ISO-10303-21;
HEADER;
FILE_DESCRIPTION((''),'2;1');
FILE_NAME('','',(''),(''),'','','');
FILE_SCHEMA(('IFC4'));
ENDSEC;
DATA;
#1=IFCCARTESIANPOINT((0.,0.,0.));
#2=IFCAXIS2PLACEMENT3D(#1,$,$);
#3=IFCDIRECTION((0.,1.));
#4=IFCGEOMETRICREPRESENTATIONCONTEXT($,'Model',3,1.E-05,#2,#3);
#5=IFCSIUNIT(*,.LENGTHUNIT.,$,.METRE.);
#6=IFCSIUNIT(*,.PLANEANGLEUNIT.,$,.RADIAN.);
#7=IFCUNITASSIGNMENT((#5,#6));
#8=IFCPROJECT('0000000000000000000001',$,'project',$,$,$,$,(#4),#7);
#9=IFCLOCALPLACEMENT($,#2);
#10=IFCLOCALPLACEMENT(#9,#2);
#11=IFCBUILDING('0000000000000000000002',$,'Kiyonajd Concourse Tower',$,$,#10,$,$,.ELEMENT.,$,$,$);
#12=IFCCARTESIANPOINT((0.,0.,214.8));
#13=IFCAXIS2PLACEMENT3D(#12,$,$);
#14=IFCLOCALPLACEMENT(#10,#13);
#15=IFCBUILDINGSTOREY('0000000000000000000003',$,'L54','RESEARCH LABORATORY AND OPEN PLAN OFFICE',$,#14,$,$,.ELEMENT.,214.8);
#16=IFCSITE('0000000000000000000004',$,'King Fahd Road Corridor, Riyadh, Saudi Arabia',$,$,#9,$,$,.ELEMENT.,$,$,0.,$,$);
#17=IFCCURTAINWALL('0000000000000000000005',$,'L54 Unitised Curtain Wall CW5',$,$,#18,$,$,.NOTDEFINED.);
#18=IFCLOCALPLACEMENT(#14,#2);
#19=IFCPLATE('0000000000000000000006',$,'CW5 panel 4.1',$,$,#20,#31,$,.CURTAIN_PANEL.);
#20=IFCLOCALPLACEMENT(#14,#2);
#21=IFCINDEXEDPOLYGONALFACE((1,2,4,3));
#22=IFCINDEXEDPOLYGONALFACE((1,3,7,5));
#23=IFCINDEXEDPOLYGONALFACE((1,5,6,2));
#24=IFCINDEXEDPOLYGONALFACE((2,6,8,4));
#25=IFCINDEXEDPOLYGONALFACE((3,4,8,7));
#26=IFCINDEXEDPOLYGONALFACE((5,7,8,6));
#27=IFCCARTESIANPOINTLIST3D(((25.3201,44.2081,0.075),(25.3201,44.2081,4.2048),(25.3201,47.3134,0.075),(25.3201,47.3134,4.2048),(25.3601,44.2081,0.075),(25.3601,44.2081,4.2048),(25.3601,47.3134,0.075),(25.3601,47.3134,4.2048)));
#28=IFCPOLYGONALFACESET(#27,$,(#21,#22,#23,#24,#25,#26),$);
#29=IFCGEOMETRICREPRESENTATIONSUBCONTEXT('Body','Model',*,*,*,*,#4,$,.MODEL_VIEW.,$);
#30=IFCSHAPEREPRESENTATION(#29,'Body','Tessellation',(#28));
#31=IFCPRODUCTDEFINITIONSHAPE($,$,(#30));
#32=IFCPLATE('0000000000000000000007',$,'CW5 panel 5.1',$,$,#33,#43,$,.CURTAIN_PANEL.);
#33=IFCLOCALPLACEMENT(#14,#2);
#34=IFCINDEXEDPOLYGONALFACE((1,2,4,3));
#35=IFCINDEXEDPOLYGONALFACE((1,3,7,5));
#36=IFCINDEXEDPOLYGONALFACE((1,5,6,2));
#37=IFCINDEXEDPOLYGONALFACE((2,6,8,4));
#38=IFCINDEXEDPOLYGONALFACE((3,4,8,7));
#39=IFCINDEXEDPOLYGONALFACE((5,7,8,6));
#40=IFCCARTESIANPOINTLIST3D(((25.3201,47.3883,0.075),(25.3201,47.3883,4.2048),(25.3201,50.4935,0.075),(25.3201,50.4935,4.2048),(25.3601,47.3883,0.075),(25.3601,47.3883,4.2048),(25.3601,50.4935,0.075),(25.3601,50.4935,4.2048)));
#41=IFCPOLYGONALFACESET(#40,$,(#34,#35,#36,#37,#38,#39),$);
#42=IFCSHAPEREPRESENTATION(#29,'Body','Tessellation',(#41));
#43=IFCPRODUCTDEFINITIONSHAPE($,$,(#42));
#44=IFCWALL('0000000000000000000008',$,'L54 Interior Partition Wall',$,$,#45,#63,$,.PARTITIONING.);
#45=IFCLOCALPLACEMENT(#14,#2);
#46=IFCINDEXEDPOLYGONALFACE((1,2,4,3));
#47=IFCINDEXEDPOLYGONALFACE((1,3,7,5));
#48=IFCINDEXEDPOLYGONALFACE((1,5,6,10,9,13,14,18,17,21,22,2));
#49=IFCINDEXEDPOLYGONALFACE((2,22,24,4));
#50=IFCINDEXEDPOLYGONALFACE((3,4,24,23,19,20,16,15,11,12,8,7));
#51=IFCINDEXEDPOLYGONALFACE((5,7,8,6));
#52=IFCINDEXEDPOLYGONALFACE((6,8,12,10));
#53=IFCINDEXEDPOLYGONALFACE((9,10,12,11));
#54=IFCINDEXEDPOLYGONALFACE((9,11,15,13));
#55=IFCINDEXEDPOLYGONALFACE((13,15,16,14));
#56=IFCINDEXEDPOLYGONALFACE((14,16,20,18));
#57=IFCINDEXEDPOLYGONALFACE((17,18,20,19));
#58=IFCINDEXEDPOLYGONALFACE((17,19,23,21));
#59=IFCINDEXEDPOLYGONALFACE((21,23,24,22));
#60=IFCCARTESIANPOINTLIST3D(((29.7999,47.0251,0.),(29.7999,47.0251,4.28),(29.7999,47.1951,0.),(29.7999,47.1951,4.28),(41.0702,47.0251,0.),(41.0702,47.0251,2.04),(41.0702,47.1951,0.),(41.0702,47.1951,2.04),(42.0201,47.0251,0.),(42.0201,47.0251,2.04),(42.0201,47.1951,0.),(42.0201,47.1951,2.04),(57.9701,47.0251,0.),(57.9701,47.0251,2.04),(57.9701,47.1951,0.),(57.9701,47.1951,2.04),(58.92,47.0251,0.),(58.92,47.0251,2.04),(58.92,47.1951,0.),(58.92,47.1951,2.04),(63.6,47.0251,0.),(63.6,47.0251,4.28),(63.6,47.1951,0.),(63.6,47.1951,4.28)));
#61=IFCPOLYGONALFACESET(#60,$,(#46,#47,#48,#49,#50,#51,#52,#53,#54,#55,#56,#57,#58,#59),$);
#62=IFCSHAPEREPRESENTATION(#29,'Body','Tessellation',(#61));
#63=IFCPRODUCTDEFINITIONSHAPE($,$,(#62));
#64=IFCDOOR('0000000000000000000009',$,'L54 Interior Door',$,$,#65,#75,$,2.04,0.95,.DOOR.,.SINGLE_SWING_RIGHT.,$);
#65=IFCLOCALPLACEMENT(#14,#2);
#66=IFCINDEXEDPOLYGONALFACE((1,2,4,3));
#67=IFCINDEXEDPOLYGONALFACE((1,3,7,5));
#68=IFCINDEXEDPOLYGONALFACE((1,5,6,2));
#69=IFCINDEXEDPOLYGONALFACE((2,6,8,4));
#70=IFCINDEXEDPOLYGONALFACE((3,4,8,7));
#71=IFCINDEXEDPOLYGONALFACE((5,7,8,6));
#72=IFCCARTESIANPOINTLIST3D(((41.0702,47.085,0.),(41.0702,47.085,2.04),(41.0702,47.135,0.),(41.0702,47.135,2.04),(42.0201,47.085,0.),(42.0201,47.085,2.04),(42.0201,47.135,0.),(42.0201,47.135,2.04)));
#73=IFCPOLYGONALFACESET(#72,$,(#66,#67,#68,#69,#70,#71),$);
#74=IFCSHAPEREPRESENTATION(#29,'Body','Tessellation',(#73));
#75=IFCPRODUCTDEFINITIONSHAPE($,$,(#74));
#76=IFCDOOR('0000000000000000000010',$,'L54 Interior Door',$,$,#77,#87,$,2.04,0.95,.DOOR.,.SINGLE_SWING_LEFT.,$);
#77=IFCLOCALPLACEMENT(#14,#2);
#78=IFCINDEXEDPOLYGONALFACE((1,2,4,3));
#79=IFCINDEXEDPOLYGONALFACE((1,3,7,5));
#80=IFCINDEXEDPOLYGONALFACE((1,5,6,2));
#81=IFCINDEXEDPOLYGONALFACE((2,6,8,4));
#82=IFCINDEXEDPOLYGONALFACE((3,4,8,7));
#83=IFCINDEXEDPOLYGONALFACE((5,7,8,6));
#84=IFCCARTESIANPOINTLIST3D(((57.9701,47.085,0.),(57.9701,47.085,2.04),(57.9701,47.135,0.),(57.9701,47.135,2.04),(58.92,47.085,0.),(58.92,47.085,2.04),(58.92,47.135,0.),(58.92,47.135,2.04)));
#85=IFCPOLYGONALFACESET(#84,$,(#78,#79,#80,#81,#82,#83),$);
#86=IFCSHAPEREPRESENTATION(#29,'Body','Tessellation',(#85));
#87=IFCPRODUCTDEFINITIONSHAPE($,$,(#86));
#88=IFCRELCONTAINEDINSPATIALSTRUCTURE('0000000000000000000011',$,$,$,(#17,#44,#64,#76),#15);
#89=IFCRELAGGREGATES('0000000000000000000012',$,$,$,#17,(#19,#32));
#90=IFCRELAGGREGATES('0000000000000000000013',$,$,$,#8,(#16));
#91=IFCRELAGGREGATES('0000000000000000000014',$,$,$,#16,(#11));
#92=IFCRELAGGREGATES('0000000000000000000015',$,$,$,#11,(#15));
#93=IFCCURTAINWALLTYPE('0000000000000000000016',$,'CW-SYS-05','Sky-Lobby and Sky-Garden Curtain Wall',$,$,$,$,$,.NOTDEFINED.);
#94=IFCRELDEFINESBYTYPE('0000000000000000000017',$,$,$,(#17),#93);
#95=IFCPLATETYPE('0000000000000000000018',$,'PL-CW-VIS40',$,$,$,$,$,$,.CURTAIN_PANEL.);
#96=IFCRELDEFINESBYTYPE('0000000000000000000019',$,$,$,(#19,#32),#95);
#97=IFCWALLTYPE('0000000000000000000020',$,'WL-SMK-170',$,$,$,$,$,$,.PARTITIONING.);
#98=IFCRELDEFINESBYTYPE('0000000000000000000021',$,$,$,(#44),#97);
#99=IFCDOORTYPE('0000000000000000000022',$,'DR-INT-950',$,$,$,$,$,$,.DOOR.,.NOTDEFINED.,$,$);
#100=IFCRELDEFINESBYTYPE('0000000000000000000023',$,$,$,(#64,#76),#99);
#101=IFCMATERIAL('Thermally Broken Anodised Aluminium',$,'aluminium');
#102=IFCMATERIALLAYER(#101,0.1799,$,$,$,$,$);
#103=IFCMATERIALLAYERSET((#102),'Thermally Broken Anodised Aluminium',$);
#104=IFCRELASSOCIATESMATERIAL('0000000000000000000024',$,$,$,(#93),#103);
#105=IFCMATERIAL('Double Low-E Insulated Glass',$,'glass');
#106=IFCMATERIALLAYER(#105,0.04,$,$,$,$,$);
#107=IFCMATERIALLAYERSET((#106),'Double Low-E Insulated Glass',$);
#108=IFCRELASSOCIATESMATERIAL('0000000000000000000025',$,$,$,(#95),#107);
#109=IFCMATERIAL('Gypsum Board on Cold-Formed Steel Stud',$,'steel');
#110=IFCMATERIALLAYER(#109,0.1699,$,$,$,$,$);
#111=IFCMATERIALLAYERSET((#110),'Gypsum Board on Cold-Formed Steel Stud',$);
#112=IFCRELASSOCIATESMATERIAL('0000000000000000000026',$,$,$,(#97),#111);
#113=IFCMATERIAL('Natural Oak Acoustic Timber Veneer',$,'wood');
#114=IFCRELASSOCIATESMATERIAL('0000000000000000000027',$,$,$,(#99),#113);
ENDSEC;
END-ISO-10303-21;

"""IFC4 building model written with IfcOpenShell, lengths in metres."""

from ifc_helpers import new_model, si_unit, direction, frame, frame_2d, origin, origin_2d, place, context, subcontext, project, spatial, rectangle, extrude, material, layer, layer_set, type_object, element, fill, aggregate, save


model = new_model("IFC4")

# Units and contexts
model_context = context("Model", 3, precision=1e-05, world=origin(), true_north=direction((0.0, 1.0)))
body_context = subcontext(model_context, "Body", "Model", "MODEL_VIEW")
ifc_project = project(units=[si_unit("LENGTHUNIT", "METRE"), si_unit("PLANEANGLEUNIT", "RADIAN")], contexts=[model_context])

# Site, building, storey
site_placement = place(None, origin())
site = spatial("IfcSite", under=ifc_project, at=site_placement, Name="King Fahd Road Corridor, Riyadh, Saudi Arabia", CompositionType="ELEMENT", RefElevation=0.0)
building_placement = place(site_placement, origin())
building = spatial("IfcBuilding", under=site, at=building_placement, Name="Kiyonajd Concourse Tower", CompositionType="ELEMENT")
storey_placement = place(building_placement, frame((0.0, 0.0, 214.8)))
storey = spatial("IfcBuildingStorey", under=building, at=storey_placement, Name="L54", Description="RESEARCH LABORATORY AND OPEN PLAN OFFICE", CompositionType="ELEMENT", Elevation=214.8)

# Curtain wall, plates
ifc_material_1 = material(Name="Thermally Broken Anodised Aluminium", Category="aluminium")
ifc_layer_1 = layer(ifc_material_1, 0.1799)
ifc_layer_set_1 = layer_set([ifc_layer_1], Name="Thermally Broken Anodised Aluminium")
curtain_wall_type = type_object("IfcCurtainWallType", Name="CW-SYS-05", Description="Sky-Lobby and Sky-Garden Curtain Wall", PredefinedType="NOTDEFINED", material=ifc_layer_set_1)
curtain_wall_placement = place(storey_placement, origin())
curtain_wall = element("IfcCurtainWall", 1, at=curtain_wall_placement, inside=storey, type_object=curtain_wall_type, Name="L54 Unitised Curtain Wall CW5", PredefinedType="NOTDEFINED")
ifc_material_2 = material(Name="Double Low-E Insulated Glass", Category="glass")
ifc_layer_2 = layer(ifc_material_2, 0.04)
ifc_layer_set_2 = layer_set([ifc_layer_2], Name="Double Low-E Insulated Glass")
plate_type = type_object("IfcPlateType", Name="PL-CW-VIS40", PredefinedType="CURTAIN_PANEL", material=ifc_layer_set_2)
plate_1_placement = place(storey_placement, frame((25.3401, 45.7607, 0.075), z_axis=(0.0, 0.0, 1.0), x_axis=(0.0, 1.0, 0.0)))
plate_1 = element("IfcPlate", 2, at=plate_1_placement, type_object=plate_type, Name="CW5 panel 4.1", PredefinedType="CURTAIN_PANEL", context=body_context, shape_type="SweptSolid", body=[
    extrude(rectangle(XDim=3.1052, YDim=0.04, at=origin_2d()), origin(), (0.0, 0.0, 1.0), 4.1299),
])
plate_2_placement = place(storey_placement, frame((25.3401, 48.9409, 0.075), z_axis=(0.0, 0.0, 1.0), x_axis=(0.0, 1.0, 0.0)))
plate_2 = element("IfcPlate", 3, at=plate_2_placement, type_object=plate_type, Name="CW5 panel 5.1", PredefinedType="CURTAIN_PANEL", context=body_context, shape_type="SweptSolid", body=[
    extrude(rectangle(XDim=3.1052, YDim=0.04, at=origin_2d()), origin(), (0.0, 0.0, 1.0), 4.1299),
])
aggregate(curtain_wall, [plate_1, plate_2])

# Wall, openings, doors
ifc_material_3 = material(Name="Gypsum Board on Cold-Formed Steel Stud", Category="steel")
ifc_layer_3 = layer(ifc_material_3, 0.1699)
ifc_layer_set_3 = layer_set([ifc_layer_3], Name="Gypsum Board on Cold-Formed Steel Stud")
wall_type = type_object("IfcWallType", Name="WL-SMK-170", PredefinedType="PARTITIONING", material=ifc_layer_set_3)
wall_placement = place(storey_placement, frame((29.8, 47.1101, 0.0), z_axis=(0.0, 0.0, 1.0), x_axis=(1.0, 0.0, 0.0)))
wall = element("IfcWall", 4, at=wall_placement, inside=storey, type_object=wall_type, Name="L54 Interior Partition Wall", PredefinedType="PARTITIONING", context=body_context, shape_type="SweptSolid", body=[
    extrude(rectangle(XDim=33.8, YDim=0.1699, at=frame_2d((16.8999, 0.0))), origin(), (0.0, 0.0, 1.0), 4.28),
])
opening_1_placement = place(wall_placement, frame((11.27, 0.0, 0.0)))
opening_1 = element("IfcOpeningElement", 5, at=opening_1_placement, cuts=wall, PredefinedType="OPENING", context=body_context, shape_type="SweptSolid", body=[
    extrude(rectangle(XDim=0.95, YDim=2.04, at=frame_2d((0.4751, 1.02))), frame((0.0, 0.095, 0.0), z_axis=(0.0, -1.0, 0.0), x_axis=(1.0, 0.0, 0.0)), (0.0, 0.0, 1.0), 0.1899),
])
opening_2_placement = place(wall_placement, frame((28.1699, 0.0, 0.0)))
opening_2 = element("IfcOpeningElement", 6, at=opening_2_placement, cuts=wall, PredefinedType="OPENING", context=body_context, shape_type="SweptSolid", body=[
    extrude(rectangle(XDim=0.95, YDim=2.04, at=frame_2d((0.4751, 1.02))), frame((0.0, 0.095, 0.0), z_axis=(0.0, -1.0, 0.0), x_axis=(1.0, 0.0, 0.0)), (0.0, 0.0, 1.0), 0.1899),
])
ifc_material_4 = material(Name="Natural Oak Acoustic Timber Veneer", Category="wood")
door_type = type_object("IfcDoorType", Name="DR-INT-950", OperationType="NOTDEFINED", PredefinedType="DOOR", material=ifc_material_4)
door_1_placement = place(opening_1_placement, origin())
door_1 = element("IfcDoor", 7, at=door_1_placement, inside=storey, type_object=door_type, Name="L54 Interior Door", OperationType="SINGLE_SWING_RIGHT", OverallHeight=2.04, OverallWidth=0.95, PredefinedType="DOOR", context=body_context, shape_type="SweptSolid", body=[
    extrude(rectangle(XDim=0.95, YDim=2.04, at=frame_2d((0.4751, 1.02))), frame((0.0, 0.0249, 0.0), z_axis=(0.0, -1.0, 0.0), x_axis=(1.0, 0.0, 0.0)), (0.0, 0.0, 1.0), 0.05),
])
fill(opening_1, door_1)
door_2_placement = place(opening_2_placement, origin())
door_2 = element("IfcDoor", 8, at=door_2_placement, inside=storey, type_object=door_type, Name="L54 Interior Door", OperationType="SINGLE_SWING_LEFT", OverallHeight=2.04, OverallWidth=0.95, PredefinedType="DOOR", context=body_context, shape_type="SweptSolid", body=[
    extrude(rectangle(XDim=0.95, YDim=2.04, at=frame_2d((0.4751, 1.02))), frame((0.0, 0.0249, 0.0), z_axis=(0.0, -1.0, 0.0), x_axis=(1.0, 0.0, 0.0)), (0.0, 0.0, 1.0), 0.05),
])
fill(opening_2, door_2)

save(model, "model.ifc")
